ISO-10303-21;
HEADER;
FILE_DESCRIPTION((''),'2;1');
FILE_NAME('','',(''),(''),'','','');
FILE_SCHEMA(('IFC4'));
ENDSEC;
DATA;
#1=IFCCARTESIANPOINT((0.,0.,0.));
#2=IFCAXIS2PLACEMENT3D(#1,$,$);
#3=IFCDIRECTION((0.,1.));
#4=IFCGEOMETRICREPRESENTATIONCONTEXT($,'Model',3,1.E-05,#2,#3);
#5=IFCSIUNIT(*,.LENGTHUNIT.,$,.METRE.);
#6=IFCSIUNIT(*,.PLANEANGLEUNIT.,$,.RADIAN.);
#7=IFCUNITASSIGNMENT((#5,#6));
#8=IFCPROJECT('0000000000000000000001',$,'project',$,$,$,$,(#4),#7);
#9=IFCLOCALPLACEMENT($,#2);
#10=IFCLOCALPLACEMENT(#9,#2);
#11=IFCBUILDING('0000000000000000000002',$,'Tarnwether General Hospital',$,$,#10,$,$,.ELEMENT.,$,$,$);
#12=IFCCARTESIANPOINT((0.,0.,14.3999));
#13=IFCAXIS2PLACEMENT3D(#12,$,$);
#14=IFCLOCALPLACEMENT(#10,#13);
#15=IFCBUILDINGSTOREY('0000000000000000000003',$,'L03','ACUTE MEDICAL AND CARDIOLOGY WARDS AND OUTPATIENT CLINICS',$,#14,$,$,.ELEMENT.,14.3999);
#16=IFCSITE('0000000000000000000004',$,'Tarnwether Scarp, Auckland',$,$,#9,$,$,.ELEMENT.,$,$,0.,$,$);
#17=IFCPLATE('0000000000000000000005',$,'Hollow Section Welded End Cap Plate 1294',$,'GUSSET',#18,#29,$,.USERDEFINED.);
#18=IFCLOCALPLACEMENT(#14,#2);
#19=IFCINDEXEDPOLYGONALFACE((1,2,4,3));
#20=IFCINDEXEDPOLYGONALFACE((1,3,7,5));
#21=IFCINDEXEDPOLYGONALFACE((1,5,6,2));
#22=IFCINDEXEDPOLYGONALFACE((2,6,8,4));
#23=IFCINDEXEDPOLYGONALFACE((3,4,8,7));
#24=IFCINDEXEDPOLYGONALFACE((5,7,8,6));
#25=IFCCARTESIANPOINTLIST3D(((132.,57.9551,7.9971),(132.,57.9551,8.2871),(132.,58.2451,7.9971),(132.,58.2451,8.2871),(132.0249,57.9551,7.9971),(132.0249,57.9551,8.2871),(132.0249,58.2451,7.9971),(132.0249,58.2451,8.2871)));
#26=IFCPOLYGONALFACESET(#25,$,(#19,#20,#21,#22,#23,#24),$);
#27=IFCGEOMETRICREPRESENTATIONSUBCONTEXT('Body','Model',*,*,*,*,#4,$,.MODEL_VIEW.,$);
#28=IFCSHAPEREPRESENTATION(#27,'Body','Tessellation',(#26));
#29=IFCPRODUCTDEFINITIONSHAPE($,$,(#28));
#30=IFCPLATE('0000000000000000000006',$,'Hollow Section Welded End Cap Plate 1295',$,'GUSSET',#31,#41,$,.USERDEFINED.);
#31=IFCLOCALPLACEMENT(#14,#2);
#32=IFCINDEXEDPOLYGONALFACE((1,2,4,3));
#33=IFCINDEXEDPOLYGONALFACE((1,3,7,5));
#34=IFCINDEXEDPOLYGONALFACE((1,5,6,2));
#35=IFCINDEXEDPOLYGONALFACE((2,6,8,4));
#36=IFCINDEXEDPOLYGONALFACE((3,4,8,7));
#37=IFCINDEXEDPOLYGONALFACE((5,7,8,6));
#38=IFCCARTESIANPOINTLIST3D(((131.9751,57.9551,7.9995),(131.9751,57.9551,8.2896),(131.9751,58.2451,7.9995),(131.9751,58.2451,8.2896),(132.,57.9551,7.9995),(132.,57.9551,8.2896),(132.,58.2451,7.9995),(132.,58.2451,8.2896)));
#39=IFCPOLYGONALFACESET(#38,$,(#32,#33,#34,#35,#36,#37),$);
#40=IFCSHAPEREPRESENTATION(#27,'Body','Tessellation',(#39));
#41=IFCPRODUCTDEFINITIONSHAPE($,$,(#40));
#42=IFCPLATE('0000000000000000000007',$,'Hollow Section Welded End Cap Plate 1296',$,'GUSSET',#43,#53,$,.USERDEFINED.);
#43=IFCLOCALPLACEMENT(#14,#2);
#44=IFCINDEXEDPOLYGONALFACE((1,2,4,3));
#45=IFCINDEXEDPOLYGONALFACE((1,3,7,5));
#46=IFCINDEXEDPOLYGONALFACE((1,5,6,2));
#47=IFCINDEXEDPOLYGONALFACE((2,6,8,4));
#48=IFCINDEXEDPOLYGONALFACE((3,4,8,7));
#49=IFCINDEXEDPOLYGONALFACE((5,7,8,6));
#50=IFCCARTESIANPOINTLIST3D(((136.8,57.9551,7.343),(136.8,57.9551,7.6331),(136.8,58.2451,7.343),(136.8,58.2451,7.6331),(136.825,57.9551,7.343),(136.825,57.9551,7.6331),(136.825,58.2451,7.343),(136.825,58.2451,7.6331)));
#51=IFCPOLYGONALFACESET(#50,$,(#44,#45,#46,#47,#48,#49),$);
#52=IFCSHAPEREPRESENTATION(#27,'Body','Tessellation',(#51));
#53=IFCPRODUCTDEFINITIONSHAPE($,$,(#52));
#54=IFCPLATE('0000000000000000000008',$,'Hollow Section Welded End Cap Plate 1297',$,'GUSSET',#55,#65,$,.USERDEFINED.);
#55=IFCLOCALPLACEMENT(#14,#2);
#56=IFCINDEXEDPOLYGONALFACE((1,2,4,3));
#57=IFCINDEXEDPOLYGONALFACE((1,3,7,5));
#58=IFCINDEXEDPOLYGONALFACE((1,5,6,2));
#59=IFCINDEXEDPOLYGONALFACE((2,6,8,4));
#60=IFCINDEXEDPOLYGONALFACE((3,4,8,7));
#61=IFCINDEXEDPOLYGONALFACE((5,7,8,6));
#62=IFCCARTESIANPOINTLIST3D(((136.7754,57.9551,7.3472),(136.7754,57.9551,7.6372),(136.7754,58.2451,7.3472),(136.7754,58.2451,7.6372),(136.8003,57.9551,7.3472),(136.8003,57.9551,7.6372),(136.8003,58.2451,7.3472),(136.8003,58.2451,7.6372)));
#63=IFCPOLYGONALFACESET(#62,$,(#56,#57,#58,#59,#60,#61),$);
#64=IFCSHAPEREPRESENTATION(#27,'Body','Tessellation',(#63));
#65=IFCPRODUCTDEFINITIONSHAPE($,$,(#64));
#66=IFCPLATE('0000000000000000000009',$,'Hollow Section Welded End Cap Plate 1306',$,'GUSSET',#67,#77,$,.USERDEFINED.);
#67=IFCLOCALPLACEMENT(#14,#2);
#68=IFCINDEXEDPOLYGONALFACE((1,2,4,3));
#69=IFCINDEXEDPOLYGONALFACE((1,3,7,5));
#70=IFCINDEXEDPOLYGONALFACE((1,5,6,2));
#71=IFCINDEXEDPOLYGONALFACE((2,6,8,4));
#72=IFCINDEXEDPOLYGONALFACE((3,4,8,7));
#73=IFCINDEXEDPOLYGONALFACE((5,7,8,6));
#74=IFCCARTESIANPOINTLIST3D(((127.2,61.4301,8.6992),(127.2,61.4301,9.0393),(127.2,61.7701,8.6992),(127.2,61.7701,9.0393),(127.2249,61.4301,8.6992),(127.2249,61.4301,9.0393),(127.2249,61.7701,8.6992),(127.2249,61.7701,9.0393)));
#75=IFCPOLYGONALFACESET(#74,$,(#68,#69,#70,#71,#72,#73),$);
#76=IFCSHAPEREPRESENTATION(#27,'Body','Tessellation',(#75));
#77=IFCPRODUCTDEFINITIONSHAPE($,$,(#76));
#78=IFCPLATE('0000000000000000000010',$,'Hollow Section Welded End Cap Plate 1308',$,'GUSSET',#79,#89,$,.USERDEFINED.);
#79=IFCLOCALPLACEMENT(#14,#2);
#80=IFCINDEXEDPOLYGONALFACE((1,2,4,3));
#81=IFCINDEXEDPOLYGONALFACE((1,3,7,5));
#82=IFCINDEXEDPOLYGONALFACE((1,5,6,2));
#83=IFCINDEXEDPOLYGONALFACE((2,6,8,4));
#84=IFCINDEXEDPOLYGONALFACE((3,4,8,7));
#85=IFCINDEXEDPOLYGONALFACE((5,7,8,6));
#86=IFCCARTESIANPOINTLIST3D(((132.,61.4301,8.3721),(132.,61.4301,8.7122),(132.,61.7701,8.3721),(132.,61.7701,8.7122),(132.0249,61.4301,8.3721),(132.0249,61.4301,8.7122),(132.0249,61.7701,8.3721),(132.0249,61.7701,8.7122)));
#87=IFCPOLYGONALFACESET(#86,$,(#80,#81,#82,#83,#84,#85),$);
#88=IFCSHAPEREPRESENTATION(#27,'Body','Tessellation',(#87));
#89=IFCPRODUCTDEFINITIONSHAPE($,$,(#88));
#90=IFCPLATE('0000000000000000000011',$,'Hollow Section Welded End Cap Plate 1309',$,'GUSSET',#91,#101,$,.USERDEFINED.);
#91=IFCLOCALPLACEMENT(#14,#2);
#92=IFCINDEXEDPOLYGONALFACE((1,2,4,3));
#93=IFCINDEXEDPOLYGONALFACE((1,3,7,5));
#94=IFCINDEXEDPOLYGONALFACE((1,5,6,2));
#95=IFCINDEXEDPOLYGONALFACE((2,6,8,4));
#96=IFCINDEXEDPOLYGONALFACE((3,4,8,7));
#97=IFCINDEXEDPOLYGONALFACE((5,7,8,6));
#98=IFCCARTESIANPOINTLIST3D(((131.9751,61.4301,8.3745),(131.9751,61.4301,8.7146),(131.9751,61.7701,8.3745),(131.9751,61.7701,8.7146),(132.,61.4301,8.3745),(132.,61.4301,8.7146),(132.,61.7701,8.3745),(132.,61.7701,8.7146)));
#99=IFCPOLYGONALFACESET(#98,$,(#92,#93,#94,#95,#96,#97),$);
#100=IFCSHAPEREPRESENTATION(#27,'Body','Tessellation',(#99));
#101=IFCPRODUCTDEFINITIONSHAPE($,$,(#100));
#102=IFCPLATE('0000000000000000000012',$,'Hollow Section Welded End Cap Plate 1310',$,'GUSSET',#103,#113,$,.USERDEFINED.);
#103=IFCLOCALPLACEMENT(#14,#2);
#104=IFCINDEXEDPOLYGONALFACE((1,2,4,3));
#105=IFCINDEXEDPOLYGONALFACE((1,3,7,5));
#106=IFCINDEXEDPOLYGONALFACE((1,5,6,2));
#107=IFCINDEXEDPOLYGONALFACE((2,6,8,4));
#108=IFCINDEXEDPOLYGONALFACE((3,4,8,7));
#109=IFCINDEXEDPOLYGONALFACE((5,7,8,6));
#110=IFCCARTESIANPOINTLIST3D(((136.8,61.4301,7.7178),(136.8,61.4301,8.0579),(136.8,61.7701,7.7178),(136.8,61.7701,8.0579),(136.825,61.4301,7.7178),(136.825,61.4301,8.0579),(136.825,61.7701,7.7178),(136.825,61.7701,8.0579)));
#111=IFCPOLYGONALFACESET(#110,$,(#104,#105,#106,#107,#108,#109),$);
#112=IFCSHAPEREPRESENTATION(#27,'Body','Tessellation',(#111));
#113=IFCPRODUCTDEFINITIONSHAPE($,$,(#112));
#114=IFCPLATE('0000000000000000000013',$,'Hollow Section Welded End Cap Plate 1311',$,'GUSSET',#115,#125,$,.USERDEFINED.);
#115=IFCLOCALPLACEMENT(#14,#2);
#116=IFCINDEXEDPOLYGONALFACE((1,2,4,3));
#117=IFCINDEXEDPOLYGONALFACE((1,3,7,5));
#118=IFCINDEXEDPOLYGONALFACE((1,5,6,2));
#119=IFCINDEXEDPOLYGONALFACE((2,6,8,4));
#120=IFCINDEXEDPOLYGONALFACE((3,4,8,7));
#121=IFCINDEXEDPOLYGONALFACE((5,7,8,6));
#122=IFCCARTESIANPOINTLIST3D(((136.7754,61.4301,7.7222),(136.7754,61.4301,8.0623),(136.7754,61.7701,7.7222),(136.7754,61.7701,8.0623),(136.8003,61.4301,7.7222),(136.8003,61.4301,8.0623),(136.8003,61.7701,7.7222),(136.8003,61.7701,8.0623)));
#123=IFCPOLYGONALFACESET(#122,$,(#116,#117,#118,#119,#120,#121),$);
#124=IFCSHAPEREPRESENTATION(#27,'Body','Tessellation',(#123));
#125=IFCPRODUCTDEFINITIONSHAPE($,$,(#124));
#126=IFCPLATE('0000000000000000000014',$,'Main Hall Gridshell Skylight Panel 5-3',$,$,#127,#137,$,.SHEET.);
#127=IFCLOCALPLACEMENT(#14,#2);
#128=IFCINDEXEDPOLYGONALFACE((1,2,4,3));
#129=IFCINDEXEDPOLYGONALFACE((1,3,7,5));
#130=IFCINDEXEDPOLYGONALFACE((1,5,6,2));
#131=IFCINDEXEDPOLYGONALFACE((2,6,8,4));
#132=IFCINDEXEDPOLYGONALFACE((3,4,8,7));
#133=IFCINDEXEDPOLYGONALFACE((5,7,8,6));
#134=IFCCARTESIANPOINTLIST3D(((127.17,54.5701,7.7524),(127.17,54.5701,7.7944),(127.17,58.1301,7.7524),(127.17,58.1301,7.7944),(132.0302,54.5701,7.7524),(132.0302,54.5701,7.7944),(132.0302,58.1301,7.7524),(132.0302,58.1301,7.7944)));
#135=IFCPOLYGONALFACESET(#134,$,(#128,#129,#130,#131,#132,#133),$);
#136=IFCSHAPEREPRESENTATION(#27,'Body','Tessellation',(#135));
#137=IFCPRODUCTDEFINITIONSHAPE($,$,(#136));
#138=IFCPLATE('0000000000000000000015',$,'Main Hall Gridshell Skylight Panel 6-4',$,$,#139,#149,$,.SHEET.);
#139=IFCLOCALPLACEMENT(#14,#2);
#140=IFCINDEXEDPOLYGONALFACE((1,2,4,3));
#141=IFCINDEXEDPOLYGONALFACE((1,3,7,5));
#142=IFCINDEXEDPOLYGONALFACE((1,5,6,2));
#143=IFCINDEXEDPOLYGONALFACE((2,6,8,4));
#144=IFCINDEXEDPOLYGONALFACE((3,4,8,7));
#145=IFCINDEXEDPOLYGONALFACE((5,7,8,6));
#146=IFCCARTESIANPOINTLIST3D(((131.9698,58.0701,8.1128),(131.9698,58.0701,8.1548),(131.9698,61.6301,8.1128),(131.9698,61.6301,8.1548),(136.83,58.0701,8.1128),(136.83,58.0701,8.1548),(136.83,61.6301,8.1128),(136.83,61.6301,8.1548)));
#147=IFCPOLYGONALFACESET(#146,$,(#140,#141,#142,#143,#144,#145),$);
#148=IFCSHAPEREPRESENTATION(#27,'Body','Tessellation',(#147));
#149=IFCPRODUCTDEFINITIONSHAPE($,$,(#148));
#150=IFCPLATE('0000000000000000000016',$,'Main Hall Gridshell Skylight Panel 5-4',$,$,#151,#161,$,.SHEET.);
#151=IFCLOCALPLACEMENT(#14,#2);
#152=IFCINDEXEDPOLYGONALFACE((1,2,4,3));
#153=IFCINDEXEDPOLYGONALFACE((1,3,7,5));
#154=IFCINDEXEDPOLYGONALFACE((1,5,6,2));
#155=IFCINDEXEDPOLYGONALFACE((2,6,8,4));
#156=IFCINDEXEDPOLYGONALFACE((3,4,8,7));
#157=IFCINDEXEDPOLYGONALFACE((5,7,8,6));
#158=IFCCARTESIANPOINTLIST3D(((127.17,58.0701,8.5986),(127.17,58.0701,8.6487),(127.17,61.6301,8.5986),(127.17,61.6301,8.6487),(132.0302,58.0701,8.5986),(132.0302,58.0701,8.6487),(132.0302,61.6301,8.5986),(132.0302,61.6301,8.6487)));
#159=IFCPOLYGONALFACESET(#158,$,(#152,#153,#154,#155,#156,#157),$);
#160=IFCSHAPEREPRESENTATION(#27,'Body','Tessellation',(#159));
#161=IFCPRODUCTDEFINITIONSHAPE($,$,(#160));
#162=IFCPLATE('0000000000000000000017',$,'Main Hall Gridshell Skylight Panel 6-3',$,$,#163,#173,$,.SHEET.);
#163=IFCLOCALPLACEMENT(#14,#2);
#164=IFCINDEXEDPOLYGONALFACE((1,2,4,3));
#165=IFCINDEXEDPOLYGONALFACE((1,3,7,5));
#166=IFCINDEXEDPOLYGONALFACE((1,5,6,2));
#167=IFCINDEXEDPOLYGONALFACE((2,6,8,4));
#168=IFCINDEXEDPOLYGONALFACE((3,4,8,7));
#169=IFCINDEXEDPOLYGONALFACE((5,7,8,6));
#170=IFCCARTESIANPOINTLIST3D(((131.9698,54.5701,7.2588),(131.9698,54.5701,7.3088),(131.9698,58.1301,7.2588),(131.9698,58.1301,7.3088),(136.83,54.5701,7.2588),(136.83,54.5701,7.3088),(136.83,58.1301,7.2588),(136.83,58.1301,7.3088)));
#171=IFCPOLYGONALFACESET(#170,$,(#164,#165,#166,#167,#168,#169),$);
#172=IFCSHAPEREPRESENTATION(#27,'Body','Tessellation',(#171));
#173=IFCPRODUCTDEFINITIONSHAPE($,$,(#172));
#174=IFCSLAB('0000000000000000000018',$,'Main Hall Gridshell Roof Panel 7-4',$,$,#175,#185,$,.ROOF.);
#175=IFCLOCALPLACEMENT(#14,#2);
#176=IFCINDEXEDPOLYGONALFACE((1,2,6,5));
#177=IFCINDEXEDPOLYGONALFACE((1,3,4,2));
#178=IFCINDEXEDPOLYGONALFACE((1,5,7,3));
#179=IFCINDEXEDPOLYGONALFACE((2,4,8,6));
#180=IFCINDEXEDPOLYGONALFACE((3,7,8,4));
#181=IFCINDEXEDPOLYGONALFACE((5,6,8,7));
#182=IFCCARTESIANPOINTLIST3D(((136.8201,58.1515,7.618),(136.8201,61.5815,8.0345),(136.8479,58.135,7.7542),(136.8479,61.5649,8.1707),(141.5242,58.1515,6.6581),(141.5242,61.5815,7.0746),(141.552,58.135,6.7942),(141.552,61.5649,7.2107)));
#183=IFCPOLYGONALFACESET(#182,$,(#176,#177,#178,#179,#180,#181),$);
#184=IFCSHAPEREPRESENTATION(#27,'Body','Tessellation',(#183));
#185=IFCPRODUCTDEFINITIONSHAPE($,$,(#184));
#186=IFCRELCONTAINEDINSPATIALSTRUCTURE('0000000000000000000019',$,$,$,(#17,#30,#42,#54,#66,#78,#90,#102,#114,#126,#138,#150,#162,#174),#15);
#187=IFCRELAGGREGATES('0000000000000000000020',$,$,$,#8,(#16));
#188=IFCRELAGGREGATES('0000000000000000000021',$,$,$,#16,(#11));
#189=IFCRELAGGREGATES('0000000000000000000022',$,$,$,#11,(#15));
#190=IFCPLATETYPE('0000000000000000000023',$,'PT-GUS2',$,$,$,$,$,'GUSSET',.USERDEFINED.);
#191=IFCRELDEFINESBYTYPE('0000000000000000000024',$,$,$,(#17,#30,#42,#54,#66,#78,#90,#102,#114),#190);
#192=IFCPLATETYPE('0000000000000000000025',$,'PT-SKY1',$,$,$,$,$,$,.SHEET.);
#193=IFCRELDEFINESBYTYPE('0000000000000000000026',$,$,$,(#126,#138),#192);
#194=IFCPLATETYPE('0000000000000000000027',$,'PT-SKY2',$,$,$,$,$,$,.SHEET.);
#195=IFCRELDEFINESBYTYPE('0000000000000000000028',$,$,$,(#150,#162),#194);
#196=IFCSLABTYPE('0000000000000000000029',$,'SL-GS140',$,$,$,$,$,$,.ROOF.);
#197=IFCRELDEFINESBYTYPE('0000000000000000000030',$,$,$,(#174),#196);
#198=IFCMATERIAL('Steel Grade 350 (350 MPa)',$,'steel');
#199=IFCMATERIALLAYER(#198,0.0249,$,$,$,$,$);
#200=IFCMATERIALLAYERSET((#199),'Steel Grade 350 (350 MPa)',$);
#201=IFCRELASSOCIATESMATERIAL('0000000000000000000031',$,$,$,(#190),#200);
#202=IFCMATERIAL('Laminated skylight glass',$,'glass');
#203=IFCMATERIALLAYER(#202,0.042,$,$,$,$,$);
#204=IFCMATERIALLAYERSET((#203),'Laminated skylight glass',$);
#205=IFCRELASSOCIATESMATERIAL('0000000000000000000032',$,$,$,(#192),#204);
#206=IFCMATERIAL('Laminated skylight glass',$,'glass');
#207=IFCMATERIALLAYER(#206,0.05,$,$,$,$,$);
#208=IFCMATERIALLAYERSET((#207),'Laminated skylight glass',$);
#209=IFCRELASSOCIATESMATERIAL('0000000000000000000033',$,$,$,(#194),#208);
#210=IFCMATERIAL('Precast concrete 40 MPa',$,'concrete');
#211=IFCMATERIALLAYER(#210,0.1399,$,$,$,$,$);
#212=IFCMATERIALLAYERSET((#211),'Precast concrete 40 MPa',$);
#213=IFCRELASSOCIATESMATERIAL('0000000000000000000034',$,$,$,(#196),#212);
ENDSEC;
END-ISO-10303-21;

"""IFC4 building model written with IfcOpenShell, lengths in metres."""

from ifc_helpers import new_model, si_unit, direction, frame, origin, origin_2d, place, context, subcontext, project, spatial, polyline, rectangle, outline, extrude, material, layer, layer_set, type_object, element, save


model = new_model("IFC4")

# Units and contexts
model_context = context("Model", 3, precision=1e-05, world=origin(), true_north=direction((0.0, 1.0)))
body_context = subcontext(model_context, "Body", "Model", "MODEL_VIEW")
ifc_project = project(units=[si_unit("LENGTHUNIT", "METRE"), si_unit("PLANEANGLEUNIT", "RADIAN")], contexts=[model_context])

# Site, building, storey
site_placement = place(None, origin())
site = spatial("IfcSite", under=ifc_project, at=site_placement, Name="Tarnwether Scarp, Auckland", CompositionType="ELEMENT", RefElevation=0.0)
building_placement = place(site_placement, origin())
building = spatial("IfcBuilding", under=site, at=building_placement, Name="Tarnwether General Hospital", CompositionType="ELEMENT")
storey_placement = place(building_placement, frame((0.0, 0.0, 14.3999)))
storey = spatial("IfcBuildingStorey", under=building, at=storey_placement, Name="L03", Description="ACUTE MEDICAL AND CARDIOLOGY WARDS AND OUTPATIENT CLINICS", CompositionType="ELEMENT", Elevation=14.3999)

# Plates
ifc_material_1 = material(Name="Steel Grade 350 (350 MPa)", Category="steel")
ifc_layer_1 = layer(ifc_material_1, 0.0249)
ifc_layer_set_1 = layer_set([ifc_layer_1], Name="Steel Grade 350 (350 MPa)")
plate_type_1 = type_object("IfcPlateType", Name="PT-GUS2", ElementType="GUSSET", PredefinedType="USERDEFINED", material=ifc_layer_set_1)
for number, where, z_axis, x_axis, name in (
    (1, (132.0125, 58.1001, 7.9971), (0.0, 0.0, 1.0), (1.0, 0.0, 0.0), "Hollow Section Welded End Cap Plate 1294"),
    (2, (131.9875, 58.1001, 7.9995), (0.0, 0.0, 1.0), (1.0, 0.0, 0.0), "Hollow Section Welded End Cap Plate 1295"),
    (3, (136.8125, 58.1001, 7.343), (0.0, 0.0, 1.0), (1.0, 0.0, 0.0), "Hollow Section Welded End Cap Plate 1296"),
    (4, (136.7878, 58.1001, 7.3472), (0.0, 0.0, 1.0), (1.0, 0.0, 0.0), "Hollow Section Welded End Cap Plate 1297"),
):
    element("IfcPlate", number, at=place(storey_placement, frame(where, z_axis=z_axis, x_axis=x_axis)), inside=storey, type_object=plate_type_1, Name=name, ObjectType="GUSSET", PredefinedType="USERDEFINED", context=body_context, shape_type="SweptSolid", body=[
        extrude(rectangle(XDim=0.0249, YDim=0.29, at=origin_2d()), origin(), (0.0, 0.0, 1.0), 0.29),
    ])
for number, where, z_axis, x_axis, name in (
    (5, (127.2124, 61.6001, 8.6992), (0.0, 0.0, 1.0), (1.0, 0.0, 0.0), "Hollow Section Welded End Cap Plate 1306"),
    (6, (132.0125, 61.6001, 8.3721), (0.0, 0.0, 1.0), (1.0, 0.0, 0.0), "Hollow Section Welded End Cap Plate 1308"),
    (7, (131.9875, 61.6001, 8.3745), (0.0, 0.0, 1.0), (1.0, 0.0, 0.0), "Hollow Section Welded End Cap Plate 1309"),
    (8, (136.8125, 61.6001, 7.7178), (0.0, 0.0, 1.0), (1.0, 0.0, 0.0), "Hollow Section Welded End Cap Plate 1310"),
    (9, (136.7878, 61.6001, 7.7222), (0.0, 0.0, 1.0), (1.0, 0.0, 0.0), "Hollow Section Welded End Cap Plate 1311"),
):
    element("IfcPlate", number, at=place(storey_placement, frame(where, z_axis=z_axis, x_axis=x_axis)), inside=storey, type_object=plate_type_1, Name=name, ObjectType="GUSSET", PredefinedType="USERDEFINED", context=body_context, shape_type="SweptSolid", body=[
        extrude(rectangle(XDim=0.0249, YDim=0.3401, at=origin_2d()), origin(), (0.0, 0.0, 1.0), 0.3401),
    ])
ifc_material_2 = material(Name="Laminated skylight glass", Category="glass")
ifc_layer_2 = layer(ifc_material_2, 0.042)
ifc_layer_set_2 = layer_set([ifc_layer_2], Name="Laminated skylight glass")
plate_type_2 = type_object("IfcPlateType", Name="PT-SKY1", PredefinedType="SHEET", material=ifc_layer_set_2)
for number, where, z_axis, x_axis, name in (
    (10, (129.6001, 56.3501, 7.7524), (0.0, 0.0, 1.0), (1.0, 0.0, 0.0), "Main Hall Gridshell Skylight Panel 5-3"),
    (11, (134.3999, 59.8501, 8.1128), (0.0, 0.0, 1.0), (1.0, 0.0, 0.0), "Main Hall Gridshell Skylight Panel 6-4"),
):
    element("IfcPlate", number, at=place(storey_placement, frame(where, z_axis=z_axis, x_axis=x_axis)), inside=storey, type_object=plate_type_2, Name=name, PredefinedType="SHEET", context=body_context, shape_type="SweptSolid", body=[
        extrude(rectangle(XDim=4.8601, YDim=3.5601, at=origin_2d()), origin(), (0.0, 0.0, 1.0), 0.042),
    ])
ifc_material_3 = material(Name="Laminated skylight glass", Category="glass")
ifc_layer_3 = layer(ifc_material_3, 0.05)
ifc_layer_set_3 = layer_set([ifc_layer_3], Name="Laminated skylight glass")
plate_type_3 = type_object("IfcPlateType", Name="PT-SKY2", PredefinedType="SHEET", material=ifc_layer_set_3)
for number, where, z_axis, x_axis, name in (
    (12, (129.6001, 59.8501, 8.5986), (0.0, 0.0, 1.0), (1.0, 0.0, 0.0), "Main Hall Gridshell Skylight Panel 5-4"),
    (13, (134.3999, 56.3501, 7.2588), (0.0, 0.0, 1.0), (1.0, 0.0, 0.0), "Main Hall Gridshell Skylight Panel 6-3"),
):
    element("IfcPlate", number, at=place(storey_placement, frame(where, z_axis=z_axis, x_axis=x_axis)), inside=storey, type_object=plate_type_3, Name=name, PredefinedType="SHEET", context=body_context, shape_type="SweptSolid", body=[
        extrude(rectangle(XDim=4.8601, YDim=3.5601, at=origin_2d()), origin(), (0.0, 0.0, 1.0), 0.05),
    ])

# Slab
ifc_material_4 = material(Name="Precast concrete 40 MPa", Category="concrete")
ifc_layer_4 = layer(ifc_material_4, 0.1399)
ifc_layer_set_4 = layer_set([ifc_layer_4], Name="Precast concrete 40 MPa")
slab_type = type_object("IfcSlabType", Name="SL-GS140", PredefinedType="ROOF", material=ifc_layer_set_4)
slab_placement = place(storey_placement, frame((136.8479, 58.135, 7.7542), z_axis=(0.198548, -0.118147, 0.972944), x_axis=(0.979806, 0.0, -0.199948)))
element("IfcSlab", 14, at=slab_placement, inside=storey, type_object=slab_type, Name="Main Hall Gridshell Roof Panel 7-4", PredefinedType="ROOF", context=body_context, shape_type="SweptSolid", body=[
    extrude(outline(polyline([(0.0, 0.0), (4.8011, 0.0), (4.7178, 3.4541), (-0.0833, 3.4541), (0.0, 0.0)])), origin(), (0.0, 0.0, -1.0), 0.1399),
])

save(model, "model.ifc")
